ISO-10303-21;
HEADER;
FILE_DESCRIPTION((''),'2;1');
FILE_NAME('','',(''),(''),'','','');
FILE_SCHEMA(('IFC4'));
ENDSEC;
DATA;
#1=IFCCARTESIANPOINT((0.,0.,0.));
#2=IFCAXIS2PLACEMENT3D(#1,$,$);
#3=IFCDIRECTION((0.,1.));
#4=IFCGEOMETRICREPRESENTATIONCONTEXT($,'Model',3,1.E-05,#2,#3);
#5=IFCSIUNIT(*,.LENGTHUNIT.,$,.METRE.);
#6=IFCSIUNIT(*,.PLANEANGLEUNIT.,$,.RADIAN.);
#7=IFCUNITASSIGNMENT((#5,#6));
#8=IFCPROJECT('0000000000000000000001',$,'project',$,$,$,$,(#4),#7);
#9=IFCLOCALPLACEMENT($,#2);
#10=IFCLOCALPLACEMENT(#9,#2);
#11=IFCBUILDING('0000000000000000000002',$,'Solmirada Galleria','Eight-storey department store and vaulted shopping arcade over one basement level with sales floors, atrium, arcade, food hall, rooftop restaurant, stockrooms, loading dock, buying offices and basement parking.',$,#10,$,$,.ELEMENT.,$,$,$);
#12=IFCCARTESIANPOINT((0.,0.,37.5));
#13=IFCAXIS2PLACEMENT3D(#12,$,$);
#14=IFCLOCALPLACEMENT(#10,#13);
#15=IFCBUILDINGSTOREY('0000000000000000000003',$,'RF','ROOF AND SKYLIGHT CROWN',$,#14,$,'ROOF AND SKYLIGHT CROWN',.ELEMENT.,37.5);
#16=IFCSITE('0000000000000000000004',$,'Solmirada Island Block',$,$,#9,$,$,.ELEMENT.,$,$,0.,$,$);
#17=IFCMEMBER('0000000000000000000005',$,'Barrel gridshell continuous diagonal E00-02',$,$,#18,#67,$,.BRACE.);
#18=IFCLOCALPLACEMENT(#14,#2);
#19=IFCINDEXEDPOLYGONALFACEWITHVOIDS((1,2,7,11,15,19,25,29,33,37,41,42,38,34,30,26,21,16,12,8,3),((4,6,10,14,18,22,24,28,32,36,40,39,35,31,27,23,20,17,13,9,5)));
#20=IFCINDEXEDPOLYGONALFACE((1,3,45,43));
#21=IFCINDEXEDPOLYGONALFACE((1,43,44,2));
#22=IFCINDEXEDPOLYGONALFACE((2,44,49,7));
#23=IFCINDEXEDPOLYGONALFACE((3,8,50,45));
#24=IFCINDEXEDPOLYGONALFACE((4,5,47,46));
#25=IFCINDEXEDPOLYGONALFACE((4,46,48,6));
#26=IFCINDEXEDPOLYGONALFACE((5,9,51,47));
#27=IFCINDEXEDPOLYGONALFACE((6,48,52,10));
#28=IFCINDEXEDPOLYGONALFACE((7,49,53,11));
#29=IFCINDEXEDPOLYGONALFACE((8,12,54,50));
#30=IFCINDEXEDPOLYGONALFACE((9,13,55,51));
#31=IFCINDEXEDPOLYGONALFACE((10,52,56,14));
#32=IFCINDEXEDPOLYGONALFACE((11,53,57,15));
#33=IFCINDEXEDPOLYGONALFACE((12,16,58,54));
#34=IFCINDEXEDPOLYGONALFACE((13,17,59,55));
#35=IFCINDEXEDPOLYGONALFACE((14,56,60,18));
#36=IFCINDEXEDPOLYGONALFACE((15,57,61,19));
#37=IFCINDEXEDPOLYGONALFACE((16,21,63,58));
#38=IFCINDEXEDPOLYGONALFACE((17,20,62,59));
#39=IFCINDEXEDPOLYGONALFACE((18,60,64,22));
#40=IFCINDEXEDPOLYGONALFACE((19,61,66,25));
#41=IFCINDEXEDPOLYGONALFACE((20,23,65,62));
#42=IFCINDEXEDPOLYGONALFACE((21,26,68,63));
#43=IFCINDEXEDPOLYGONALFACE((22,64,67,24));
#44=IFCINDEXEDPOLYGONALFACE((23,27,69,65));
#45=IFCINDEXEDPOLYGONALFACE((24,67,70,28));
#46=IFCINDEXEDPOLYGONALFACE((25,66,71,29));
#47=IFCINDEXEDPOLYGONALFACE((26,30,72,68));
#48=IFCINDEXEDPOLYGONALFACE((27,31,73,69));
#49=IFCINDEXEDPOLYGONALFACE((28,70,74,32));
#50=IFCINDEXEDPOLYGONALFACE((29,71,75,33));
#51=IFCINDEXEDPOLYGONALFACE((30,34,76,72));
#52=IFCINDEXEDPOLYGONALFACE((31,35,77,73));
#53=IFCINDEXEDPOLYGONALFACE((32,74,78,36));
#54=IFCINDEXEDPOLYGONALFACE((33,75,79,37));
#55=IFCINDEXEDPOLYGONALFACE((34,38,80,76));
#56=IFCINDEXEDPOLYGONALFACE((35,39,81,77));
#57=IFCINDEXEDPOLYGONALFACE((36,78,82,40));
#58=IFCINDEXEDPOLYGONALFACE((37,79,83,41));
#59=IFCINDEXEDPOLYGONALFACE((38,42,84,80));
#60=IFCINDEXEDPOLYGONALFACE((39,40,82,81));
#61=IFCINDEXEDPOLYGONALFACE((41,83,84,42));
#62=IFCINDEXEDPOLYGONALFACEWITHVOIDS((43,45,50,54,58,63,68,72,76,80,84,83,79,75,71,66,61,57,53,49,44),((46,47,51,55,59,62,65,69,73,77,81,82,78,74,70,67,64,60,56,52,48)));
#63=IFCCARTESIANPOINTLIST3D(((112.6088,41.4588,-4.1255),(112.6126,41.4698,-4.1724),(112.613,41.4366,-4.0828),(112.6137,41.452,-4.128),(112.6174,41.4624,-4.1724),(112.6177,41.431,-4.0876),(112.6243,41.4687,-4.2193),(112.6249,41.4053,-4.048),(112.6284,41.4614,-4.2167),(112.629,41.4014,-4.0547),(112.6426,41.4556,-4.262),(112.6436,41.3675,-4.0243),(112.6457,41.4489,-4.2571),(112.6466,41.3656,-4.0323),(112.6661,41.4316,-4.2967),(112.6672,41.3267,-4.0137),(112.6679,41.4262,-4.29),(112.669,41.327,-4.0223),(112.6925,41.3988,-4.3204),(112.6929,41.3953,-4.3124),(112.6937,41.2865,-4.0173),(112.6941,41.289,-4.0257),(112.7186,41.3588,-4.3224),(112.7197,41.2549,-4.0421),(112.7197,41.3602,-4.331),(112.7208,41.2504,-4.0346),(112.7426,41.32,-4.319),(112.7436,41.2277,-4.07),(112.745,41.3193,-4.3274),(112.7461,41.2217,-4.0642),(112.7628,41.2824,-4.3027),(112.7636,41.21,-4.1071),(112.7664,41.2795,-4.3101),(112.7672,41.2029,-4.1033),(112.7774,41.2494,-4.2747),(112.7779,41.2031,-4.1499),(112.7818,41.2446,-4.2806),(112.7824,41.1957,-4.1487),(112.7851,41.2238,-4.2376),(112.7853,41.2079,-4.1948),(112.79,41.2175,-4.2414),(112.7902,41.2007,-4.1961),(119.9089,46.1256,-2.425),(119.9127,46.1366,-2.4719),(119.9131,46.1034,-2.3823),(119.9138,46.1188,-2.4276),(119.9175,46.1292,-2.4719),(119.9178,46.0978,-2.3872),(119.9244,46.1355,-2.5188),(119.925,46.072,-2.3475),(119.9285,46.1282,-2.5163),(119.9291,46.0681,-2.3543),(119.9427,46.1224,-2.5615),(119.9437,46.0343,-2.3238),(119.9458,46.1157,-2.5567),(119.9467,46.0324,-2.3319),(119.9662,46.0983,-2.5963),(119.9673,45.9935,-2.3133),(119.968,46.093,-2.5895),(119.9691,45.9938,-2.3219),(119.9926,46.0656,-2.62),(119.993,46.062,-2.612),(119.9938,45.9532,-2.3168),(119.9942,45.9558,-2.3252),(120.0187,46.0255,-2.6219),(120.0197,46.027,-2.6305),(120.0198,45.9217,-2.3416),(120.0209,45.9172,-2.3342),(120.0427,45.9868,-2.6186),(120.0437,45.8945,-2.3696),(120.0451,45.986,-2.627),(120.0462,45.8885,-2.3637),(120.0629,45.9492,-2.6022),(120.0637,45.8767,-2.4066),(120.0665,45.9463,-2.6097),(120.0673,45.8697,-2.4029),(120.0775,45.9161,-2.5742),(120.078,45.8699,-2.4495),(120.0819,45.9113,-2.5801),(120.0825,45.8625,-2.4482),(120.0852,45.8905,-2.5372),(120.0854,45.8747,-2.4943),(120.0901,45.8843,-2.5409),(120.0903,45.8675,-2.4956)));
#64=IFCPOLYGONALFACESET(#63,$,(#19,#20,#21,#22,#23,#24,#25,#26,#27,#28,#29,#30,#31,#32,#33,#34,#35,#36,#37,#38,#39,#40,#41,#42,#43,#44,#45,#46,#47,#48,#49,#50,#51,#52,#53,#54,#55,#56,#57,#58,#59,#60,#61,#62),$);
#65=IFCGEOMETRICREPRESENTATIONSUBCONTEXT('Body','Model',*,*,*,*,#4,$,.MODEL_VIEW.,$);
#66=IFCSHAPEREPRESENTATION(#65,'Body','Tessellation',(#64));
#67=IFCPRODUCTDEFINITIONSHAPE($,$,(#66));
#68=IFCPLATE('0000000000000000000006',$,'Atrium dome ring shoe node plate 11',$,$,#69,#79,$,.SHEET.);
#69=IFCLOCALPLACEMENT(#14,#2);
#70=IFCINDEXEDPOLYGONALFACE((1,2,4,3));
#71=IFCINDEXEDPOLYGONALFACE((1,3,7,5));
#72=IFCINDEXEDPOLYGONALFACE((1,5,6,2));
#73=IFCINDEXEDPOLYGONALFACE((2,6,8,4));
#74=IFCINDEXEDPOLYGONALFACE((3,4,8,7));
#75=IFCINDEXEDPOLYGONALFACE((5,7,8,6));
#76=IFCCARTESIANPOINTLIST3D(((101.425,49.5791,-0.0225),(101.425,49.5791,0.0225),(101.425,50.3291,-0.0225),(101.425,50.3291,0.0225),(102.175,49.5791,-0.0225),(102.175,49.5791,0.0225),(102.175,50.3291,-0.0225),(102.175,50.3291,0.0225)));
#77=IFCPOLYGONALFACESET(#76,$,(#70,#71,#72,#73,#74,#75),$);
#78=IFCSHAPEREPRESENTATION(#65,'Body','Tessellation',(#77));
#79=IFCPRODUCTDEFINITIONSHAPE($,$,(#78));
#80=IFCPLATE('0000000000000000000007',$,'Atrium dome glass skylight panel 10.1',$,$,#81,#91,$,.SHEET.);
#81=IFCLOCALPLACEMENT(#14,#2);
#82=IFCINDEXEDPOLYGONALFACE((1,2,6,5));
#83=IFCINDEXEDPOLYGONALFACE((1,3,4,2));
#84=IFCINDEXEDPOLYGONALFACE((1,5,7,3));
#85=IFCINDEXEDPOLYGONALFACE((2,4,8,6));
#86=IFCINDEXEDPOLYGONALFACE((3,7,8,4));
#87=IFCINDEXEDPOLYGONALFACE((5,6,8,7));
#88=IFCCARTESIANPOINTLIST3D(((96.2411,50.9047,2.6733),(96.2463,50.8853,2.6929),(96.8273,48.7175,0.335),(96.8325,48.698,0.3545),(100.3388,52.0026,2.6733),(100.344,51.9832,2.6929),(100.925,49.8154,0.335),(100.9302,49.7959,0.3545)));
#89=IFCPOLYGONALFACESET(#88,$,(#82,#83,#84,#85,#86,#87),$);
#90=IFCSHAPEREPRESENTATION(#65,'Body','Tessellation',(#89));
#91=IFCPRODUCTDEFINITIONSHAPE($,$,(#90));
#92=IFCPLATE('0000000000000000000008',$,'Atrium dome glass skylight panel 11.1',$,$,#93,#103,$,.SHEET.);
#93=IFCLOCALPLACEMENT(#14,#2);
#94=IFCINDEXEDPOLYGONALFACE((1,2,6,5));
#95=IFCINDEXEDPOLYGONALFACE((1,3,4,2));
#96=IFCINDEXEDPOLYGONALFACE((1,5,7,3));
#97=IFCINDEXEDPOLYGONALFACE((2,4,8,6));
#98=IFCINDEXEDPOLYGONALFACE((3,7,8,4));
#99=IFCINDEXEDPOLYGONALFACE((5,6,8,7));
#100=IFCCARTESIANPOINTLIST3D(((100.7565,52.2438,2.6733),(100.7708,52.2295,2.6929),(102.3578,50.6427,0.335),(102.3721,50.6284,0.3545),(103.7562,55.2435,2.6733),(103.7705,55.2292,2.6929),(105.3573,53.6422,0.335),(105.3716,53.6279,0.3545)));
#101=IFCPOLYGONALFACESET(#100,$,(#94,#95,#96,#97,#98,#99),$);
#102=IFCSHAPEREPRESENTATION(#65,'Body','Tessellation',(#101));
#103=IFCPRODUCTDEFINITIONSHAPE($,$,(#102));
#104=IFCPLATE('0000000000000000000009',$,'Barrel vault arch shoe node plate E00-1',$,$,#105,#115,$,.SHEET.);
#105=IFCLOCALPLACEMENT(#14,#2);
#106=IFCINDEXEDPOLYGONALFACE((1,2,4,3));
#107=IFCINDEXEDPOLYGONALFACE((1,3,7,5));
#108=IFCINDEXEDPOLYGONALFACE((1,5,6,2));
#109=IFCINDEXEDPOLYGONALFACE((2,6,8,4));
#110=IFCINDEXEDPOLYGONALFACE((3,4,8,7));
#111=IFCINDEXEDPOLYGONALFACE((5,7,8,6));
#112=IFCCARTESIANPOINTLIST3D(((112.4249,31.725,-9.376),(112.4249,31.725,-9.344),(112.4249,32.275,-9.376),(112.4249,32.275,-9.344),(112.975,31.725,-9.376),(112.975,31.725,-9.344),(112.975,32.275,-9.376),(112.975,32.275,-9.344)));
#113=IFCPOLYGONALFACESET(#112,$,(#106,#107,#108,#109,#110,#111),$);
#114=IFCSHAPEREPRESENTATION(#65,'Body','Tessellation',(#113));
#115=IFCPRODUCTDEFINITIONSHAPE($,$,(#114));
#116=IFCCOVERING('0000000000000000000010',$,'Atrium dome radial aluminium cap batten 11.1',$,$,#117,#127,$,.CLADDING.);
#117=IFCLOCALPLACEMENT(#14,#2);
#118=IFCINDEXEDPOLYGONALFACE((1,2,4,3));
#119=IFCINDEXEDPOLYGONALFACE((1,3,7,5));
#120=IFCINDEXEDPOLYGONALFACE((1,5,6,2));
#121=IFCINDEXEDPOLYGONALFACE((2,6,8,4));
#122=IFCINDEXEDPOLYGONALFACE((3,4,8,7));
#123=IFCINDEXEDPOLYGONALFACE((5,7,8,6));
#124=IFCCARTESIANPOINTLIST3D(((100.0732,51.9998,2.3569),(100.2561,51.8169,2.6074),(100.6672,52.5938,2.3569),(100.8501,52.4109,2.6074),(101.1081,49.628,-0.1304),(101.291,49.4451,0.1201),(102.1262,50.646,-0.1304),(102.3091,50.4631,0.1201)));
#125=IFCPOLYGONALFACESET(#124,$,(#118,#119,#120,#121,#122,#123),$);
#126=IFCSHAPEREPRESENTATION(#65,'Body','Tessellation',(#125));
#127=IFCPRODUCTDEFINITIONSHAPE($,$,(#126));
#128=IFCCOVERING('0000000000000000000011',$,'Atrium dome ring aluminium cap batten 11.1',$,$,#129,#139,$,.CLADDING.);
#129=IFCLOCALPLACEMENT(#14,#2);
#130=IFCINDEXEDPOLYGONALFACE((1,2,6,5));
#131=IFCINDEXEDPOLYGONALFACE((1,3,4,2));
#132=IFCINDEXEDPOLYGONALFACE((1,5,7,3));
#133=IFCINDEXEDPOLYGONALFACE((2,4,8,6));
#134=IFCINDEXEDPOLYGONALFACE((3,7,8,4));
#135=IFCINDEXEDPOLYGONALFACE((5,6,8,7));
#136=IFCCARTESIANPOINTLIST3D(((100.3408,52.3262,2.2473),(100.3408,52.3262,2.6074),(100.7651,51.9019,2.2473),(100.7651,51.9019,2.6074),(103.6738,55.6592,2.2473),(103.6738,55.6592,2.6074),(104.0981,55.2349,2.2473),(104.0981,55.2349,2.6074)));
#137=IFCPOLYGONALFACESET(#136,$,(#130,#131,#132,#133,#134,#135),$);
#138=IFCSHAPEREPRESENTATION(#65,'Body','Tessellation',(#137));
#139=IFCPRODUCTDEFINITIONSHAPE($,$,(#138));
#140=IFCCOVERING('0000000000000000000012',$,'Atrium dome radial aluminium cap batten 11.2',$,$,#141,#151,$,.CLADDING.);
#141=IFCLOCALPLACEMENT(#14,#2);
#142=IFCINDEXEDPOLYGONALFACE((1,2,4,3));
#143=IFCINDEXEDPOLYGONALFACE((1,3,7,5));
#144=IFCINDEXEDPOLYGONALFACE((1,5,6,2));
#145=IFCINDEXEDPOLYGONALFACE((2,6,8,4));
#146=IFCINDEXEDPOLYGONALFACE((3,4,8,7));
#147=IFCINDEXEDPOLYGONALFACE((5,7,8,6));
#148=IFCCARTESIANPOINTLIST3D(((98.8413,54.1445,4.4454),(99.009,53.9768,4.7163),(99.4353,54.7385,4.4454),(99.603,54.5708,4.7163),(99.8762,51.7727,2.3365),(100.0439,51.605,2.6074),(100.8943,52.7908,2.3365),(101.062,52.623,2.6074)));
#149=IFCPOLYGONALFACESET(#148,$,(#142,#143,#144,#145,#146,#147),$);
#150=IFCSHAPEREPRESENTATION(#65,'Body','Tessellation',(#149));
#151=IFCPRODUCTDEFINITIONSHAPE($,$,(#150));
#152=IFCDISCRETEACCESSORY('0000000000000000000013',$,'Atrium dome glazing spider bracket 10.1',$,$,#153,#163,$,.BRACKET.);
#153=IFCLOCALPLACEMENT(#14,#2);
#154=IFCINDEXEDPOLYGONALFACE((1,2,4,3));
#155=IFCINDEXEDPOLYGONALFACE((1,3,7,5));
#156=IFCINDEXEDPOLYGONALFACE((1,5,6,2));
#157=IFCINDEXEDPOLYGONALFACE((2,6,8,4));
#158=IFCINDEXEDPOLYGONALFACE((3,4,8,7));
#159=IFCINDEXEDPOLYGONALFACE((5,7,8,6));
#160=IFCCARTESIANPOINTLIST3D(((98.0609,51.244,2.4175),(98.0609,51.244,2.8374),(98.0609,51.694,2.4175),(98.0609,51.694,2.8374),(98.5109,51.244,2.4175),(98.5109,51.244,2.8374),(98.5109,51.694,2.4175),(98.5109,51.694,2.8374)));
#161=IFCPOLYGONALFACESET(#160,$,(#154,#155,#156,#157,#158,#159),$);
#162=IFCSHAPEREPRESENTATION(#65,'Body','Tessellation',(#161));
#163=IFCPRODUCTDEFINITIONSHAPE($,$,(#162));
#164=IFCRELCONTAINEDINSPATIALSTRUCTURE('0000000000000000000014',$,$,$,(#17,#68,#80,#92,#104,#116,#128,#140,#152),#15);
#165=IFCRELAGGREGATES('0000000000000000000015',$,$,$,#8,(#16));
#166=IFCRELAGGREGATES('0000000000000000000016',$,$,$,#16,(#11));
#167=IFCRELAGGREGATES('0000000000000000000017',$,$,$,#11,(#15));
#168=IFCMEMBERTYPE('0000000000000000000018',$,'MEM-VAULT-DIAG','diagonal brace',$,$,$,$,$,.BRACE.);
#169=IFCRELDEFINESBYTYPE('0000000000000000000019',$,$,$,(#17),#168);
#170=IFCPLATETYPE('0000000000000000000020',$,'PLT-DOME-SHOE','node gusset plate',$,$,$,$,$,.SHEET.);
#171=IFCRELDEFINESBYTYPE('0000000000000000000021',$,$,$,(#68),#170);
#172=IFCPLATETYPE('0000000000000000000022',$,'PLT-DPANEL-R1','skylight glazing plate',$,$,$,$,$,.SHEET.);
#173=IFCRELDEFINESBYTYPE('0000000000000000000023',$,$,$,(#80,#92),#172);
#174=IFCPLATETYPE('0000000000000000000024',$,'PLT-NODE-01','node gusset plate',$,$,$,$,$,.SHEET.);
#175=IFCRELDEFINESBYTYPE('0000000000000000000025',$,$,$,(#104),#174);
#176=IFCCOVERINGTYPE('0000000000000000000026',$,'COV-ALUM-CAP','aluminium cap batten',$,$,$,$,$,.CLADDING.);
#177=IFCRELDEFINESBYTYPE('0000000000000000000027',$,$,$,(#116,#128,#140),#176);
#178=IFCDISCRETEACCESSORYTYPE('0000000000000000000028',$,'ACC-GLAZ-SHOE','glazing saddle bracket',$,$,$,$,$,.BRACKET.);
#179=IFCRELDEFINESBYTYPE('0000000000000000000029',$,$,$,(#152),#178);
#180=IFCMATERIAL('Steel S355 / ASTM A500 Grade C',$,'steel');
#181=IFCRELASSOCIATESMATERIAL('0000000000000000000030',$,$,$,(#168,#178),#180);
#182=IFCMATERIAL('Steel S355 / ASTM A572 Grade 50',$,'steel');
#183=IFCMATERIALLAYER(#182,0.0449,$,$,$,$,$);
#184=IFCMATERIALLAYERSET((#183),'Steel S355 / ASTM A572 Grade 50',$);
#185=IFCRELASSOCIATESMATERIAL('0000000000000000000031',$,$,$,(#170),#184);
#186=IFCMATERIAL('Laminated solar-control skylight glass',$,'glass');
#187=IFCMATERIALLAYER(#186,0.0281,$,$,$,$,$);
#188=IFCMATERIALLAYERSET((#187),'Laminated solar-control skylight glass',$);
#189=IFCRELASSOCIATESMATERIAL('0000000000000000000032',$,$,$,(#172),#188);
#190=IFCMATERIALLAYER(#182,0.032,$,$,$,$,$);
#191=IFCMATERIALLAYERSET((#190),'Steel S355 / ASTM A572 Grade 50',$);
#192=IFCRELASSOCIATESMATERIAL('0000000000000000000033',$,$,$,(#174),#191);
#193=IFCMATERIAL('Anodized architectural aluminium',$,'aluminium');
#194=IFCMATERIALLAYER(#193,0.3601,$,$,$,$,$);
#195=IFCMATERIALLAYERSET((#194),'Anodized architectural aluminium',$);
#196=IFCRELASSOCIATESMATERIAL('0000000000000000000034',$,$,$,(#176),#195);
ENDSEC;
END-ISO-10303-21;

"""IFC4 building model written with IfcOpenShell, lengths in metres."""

from ifc_helpers import new_model, si_unit, direction, frame, origin, origin_2d, place, context, subcontext, project, spatial, polyline, rectangle, hollow_circle, outline, extrude, material, layer, layer_set, material_profile, profile_set, type_object, element, save


model = new_model("IFC4")

# Units and contexts
model_context = context("Model", 3, precision=1e-05, world=origin(), true_north=direction((0.0, 1.0)))
body_context = subcontext(model_context, "Body", "Model", "MODEL_VIEW")
ifc_project = project(units=[si_unit("LENGTHUNIT", "METRE"), si_unit("PLANEANGLEUNIT", "RADIAN")], contexts=[model_context])

# Site, building, storey
site_placement = place(None, origin())
site = spatial("IfcSite", under=ifc_project, at=site_placement, Name="Solmirada Island Block", CompositionType="ELEMENT", RefElevation=0.0)
building_placement = place(site_placement, origin())
building = spatial("IfcBuilding", under=site, at=building_placement, Name="Solmirada Galleria", Description="Eight-storey department store and vaulted shopping arcade over one basement level with sales floors, atrium, arcade, food hall, rooftop restaurant, stockrooms, loading dock, buying offices and basement parking.", CompositionType="ELEMENT")
storey_placement = place(building_placement, frame((0.0, 0.0, 37.5)))
storey = spatial("IfcBuildingStorey", under=building, at=storey_placement, Name="RF", Description="ROOF AND SKYLIGHT CROWN", LongName="ROOF AND SKYLIGHT CROWN", CompositionType="ELEMENT", Elevation=37.5)

# Member
ifc_material_1 = material(Name="Steel S355 / ASTM A500 Grade C", Category="steel")
ifc_material_profile_1 = material_profile(ifc_material_1, hollow_circle(Radius=0.1621, WallThickness=0.0088, at=origin_2d()), Name="HSS12.750X0.375")
ifc_profile_set_1 = profile_set([ifc_material_profile_1], Name="Steel S355 / ASTM A500 Grade C")
member_type_1 = type_object("IfcMemberType", Name="MEM-VAULT-DIAG", Description="diagonal brace", PredefinedType="BRACE", material=ifc_profile_set_1)
member_1_placement = place(storey_placement, frame((112.7, 41.3333, -4.1724), z_axis=(0.826776, 0.528538, 0.192585), x_axis=(-0.538621, 0.842548, 0.0)))
element("IfcMember", 1, at=member_1_placement, inside=storey, type_object=member_type_1, Name="Barrel gridshell continuous diagonal E00-02", PredefinedType="BRACE", context=body_context, shape_type="SweptSolid", body=[
    extrude(hollow_circle(Radius=0.1621, WallThickness=0.0088, at=origin_2d()), origin(), (0.0, 0.0, 1.0), 8.8296),
])

# Plates
ifc_material_2 = material(Name="Steel S355 / ASTM A572 Grade 50", Category="steel")
ifc_layer_1 = layer(ifc_material_2, 0.0449)
ifc_layer_set_1 = layer_set([ifc_layer_1], Name="Steel S355 / ASTM A572 Grade 50")
plate_type_1 = type_object("IfcPlateType", Name="PLT-DOME-SHOE", Description="node gusset plate", PredefinedType="SHEET", material=ifc_layer_set_1)
plate_1_placement = place(storey_placement, frame((101.8, 49.9541, -0.0225), z_axis=(0.0, 0.0, 1.0), x_axis=(1.0, 0.0, 0.0)))
element("IfcPlate", 2, at=plate_1_placement, inside=storey, type_object=plate_type_1, Name="Atrium dome ring shoe node plate 11", PredefinedType="SHEET", context=body_context, shape_type="SweptSolid", body=[
    extrude(rectangle(XDim=0.75, YDim=0.75, at=origin_2d()), origin(), (0.0, 0.0, 1.0), 0.0449),
])
ifc_material_3 = material(Name="Laminated solar-control skylight glass", Category="glass")
ifc_layer_2 = layer(ifc_material_3, 0.0281)
ifc_layer_set_2 = layer_set([ifc_layer_2], Name="Laminated solar-control skylight glass")
plate_type_2 = type_object("IfcPlateType", Name="PLT-DPANEL-R1", Description="skylight glazing plate", PredefinedType="SHEET", material=ifc_layer_set_2)
plate_2_placement = place(storey_placement, frame((96.8325, 48.698, 0.3545), z_axis=(0.185919, -0.693897, 0.695658), x_axis=(0.96593, 0.258805, 0.0)))
element("IfcPlate", 3, at=plate_2_placement, inside=storey, type_object=plate_type_2, Name="Atrium dome glass skylight panel 10.1", PredefinedType="SHEET", context=body_context, shape_type="SweptSolid", body=[
    extrude(outline(polyline([(0.0, 0.0), (4.2422, 0.0), (4.2421, 3.2551), (-0.0001, 3.2551), (0.0, 0.0)])), origin(), (0.0, 0.0, -1.0), 0.0281),
])
plate_3_placement = place(storey_placement, frame((102.3721, 50.6284, 0.3545), z_axis=(0.507967, -0.507967, 0.695657), x_axis=(0.707107, 0.707107, 0.0)))
element("IfcPlate", 4, at=plate_3_placement, inside=storey, type_object=plate_type_2, Name="Atrium dome glass skylight panel 11.1", PredefinedType="SHEET", context=body_context, shape_type="SweptSolid", body=[
    extrude(outline(polyline([(0.0, 0.0), (4.242, 0.0), (4.2421, 3.2551), (-0.0002, 3.2551), (0.0, 0.0)])), origin(), (0.0, 0.0, -1.0), 0.0281),
])
ifc_layer_3 = layer(ifc_material_2, 0.032)
ifc_layer_set_3 = layer_set([ifc_layer_3], Name="Steel S355 / ASTM A572 Grade 50")
plate_type_3 = type_object("IfcPlateType", Name="PLT-NODE-01", Description="node gusset plate", PredefinedType="SHEET", material=ifc_layer_set_3)
plate_4_placement = place(storey_placement, frame((112.7, 32.0, -9.376), z_axis=(0.0, 0.0, 1.0), x_axis=(1.0, 0.0, 0.0)))
element("IfcPlate", 5, at=plate_4_placement, inside=storey, type_object=plate_type_3, Name="Barrel vault arch shoe node plate E00-1", PredefinedType="SHEET", context=body_context, shape_type="SweptSolid", body=[
    extrude(rectangle(XDim=0.55, YDim=0.55, at=origin_2d()), origin(), (0.0, 0.0, 1.0), 0.032),
])

# Coverings
ifc_material_4 = material(Name="Anodized architectural aluminium", Category="aluminium")
ifc_layer_4 = layer(ifc_material_4, 0.3601)
ifc_layer_set_4 = layer_set([ifc_layer_4], Name="Anodized architectural aluminium")
covering_type = type_object("IfcCoveringType", Name="COV-ALUM-CAP", Description="aluminium cap batten", PredefinedType="CLADDING", material=ifc_layer_set_4)
covering_1_placement = place(storey_placement, frame((101.291, 49.4451, 0.1201), z_axis=(0.507939, -0.507939, 0.695699), x_axis=(0.707107, 0.707107, 0.0)))
element("IfcCovering", 6, at=covering_1_placement, inside=storey, type_object=covering_type, Name="Atrium dome radial aluminium cap batten 11.1", PredefinedType="CLADDING", context=body_context, shape_type="SweptSolid", body=[
    extrude(outline(polyline([(0.0, 0.0), (1.4398, 0.0), (1.7854, 3.4626), (0.9453, 3.4626), (0.0, 0.0)])), origin(), (0.0, 0.0, -1.0), 0.3601),
])
covering_2_placement = place(storey_placement, frame((100.7651, 51.9019, 2.6074), z_axis=(0.0, 0.0, 1.0), x_axis=(-0.707107, 0.707107, 0.0)))
element("IfcCovering", 7, at=covering_2_placement, inside=storey, type_object=covering_type, Name="Atrium dome ring aluminium cap batten 11.1", PredefinedType="CLADDING", context=body_context, shape_type="SweptSolid", body=[
    extrude(outline(polyline([(0.0, 0.0), (0.6001, 0.0), (0.6001, -4.7136), (0.0, -4.7136), (0.0, 0.0)])), origin(), (0.0, 0.0, -1.0), 0.3601),
])
covering_3_placement = place(storey_placement, frame((100.0439, 51.605, 2.6074), z_axis=(0.465768, -0.465768, 0.75241), x_axis=(0.707107, 0.707107, 0.0)))
element("IfcCovering", 8, at=covering_3_placement, inside=storey, type_object=covering_type, Name="Atrium dome radial aluminium cap batten 11.2", PredefinedType="CLADDING", context=body_context, shape_type="SweptSolid", body=[
    extrude(outline(polyline([(0.0, 0.0), (1.4398, 0.0), (1.7854, 3.2016), (0.9453, 3.2016), (0.0, 0.0)])), origin(), (0.0, 0.0, -1.0), 0.3601),
])

# Discrete accessory
discrete_accessory_type = type_object("IfcDiscreteAccessoryType", Name="ACC-GLAZ-SHOE", Description="glazing saddle bracket", PredefinedType="BRACKET", material=ifc_material_1)
discrete_accessory_placement = place(storey_placement, frame((98.2859, 51.469, 2.4175), z_axis=(0.0, 0.0, 1.0), x_axis=(1.0, 0.0, 0.0)))
element("IfcDiscreteAccessory", 9, at=discrete_accessory_placement, inside=storey, type_object=discrete_accessory_type, Name="Atrium dome glazing spider bracket 10.1", PredefinedType="BRACKET", context=body_context, shape_type="SweptSolid", body=[
    extrude(rectangle(XDim=0.45, YDim=0.45, at=origin_2d()), origin(), (0.0, 0.0, 1.0), 0.4199),
])

save(model, "model.ifc")
